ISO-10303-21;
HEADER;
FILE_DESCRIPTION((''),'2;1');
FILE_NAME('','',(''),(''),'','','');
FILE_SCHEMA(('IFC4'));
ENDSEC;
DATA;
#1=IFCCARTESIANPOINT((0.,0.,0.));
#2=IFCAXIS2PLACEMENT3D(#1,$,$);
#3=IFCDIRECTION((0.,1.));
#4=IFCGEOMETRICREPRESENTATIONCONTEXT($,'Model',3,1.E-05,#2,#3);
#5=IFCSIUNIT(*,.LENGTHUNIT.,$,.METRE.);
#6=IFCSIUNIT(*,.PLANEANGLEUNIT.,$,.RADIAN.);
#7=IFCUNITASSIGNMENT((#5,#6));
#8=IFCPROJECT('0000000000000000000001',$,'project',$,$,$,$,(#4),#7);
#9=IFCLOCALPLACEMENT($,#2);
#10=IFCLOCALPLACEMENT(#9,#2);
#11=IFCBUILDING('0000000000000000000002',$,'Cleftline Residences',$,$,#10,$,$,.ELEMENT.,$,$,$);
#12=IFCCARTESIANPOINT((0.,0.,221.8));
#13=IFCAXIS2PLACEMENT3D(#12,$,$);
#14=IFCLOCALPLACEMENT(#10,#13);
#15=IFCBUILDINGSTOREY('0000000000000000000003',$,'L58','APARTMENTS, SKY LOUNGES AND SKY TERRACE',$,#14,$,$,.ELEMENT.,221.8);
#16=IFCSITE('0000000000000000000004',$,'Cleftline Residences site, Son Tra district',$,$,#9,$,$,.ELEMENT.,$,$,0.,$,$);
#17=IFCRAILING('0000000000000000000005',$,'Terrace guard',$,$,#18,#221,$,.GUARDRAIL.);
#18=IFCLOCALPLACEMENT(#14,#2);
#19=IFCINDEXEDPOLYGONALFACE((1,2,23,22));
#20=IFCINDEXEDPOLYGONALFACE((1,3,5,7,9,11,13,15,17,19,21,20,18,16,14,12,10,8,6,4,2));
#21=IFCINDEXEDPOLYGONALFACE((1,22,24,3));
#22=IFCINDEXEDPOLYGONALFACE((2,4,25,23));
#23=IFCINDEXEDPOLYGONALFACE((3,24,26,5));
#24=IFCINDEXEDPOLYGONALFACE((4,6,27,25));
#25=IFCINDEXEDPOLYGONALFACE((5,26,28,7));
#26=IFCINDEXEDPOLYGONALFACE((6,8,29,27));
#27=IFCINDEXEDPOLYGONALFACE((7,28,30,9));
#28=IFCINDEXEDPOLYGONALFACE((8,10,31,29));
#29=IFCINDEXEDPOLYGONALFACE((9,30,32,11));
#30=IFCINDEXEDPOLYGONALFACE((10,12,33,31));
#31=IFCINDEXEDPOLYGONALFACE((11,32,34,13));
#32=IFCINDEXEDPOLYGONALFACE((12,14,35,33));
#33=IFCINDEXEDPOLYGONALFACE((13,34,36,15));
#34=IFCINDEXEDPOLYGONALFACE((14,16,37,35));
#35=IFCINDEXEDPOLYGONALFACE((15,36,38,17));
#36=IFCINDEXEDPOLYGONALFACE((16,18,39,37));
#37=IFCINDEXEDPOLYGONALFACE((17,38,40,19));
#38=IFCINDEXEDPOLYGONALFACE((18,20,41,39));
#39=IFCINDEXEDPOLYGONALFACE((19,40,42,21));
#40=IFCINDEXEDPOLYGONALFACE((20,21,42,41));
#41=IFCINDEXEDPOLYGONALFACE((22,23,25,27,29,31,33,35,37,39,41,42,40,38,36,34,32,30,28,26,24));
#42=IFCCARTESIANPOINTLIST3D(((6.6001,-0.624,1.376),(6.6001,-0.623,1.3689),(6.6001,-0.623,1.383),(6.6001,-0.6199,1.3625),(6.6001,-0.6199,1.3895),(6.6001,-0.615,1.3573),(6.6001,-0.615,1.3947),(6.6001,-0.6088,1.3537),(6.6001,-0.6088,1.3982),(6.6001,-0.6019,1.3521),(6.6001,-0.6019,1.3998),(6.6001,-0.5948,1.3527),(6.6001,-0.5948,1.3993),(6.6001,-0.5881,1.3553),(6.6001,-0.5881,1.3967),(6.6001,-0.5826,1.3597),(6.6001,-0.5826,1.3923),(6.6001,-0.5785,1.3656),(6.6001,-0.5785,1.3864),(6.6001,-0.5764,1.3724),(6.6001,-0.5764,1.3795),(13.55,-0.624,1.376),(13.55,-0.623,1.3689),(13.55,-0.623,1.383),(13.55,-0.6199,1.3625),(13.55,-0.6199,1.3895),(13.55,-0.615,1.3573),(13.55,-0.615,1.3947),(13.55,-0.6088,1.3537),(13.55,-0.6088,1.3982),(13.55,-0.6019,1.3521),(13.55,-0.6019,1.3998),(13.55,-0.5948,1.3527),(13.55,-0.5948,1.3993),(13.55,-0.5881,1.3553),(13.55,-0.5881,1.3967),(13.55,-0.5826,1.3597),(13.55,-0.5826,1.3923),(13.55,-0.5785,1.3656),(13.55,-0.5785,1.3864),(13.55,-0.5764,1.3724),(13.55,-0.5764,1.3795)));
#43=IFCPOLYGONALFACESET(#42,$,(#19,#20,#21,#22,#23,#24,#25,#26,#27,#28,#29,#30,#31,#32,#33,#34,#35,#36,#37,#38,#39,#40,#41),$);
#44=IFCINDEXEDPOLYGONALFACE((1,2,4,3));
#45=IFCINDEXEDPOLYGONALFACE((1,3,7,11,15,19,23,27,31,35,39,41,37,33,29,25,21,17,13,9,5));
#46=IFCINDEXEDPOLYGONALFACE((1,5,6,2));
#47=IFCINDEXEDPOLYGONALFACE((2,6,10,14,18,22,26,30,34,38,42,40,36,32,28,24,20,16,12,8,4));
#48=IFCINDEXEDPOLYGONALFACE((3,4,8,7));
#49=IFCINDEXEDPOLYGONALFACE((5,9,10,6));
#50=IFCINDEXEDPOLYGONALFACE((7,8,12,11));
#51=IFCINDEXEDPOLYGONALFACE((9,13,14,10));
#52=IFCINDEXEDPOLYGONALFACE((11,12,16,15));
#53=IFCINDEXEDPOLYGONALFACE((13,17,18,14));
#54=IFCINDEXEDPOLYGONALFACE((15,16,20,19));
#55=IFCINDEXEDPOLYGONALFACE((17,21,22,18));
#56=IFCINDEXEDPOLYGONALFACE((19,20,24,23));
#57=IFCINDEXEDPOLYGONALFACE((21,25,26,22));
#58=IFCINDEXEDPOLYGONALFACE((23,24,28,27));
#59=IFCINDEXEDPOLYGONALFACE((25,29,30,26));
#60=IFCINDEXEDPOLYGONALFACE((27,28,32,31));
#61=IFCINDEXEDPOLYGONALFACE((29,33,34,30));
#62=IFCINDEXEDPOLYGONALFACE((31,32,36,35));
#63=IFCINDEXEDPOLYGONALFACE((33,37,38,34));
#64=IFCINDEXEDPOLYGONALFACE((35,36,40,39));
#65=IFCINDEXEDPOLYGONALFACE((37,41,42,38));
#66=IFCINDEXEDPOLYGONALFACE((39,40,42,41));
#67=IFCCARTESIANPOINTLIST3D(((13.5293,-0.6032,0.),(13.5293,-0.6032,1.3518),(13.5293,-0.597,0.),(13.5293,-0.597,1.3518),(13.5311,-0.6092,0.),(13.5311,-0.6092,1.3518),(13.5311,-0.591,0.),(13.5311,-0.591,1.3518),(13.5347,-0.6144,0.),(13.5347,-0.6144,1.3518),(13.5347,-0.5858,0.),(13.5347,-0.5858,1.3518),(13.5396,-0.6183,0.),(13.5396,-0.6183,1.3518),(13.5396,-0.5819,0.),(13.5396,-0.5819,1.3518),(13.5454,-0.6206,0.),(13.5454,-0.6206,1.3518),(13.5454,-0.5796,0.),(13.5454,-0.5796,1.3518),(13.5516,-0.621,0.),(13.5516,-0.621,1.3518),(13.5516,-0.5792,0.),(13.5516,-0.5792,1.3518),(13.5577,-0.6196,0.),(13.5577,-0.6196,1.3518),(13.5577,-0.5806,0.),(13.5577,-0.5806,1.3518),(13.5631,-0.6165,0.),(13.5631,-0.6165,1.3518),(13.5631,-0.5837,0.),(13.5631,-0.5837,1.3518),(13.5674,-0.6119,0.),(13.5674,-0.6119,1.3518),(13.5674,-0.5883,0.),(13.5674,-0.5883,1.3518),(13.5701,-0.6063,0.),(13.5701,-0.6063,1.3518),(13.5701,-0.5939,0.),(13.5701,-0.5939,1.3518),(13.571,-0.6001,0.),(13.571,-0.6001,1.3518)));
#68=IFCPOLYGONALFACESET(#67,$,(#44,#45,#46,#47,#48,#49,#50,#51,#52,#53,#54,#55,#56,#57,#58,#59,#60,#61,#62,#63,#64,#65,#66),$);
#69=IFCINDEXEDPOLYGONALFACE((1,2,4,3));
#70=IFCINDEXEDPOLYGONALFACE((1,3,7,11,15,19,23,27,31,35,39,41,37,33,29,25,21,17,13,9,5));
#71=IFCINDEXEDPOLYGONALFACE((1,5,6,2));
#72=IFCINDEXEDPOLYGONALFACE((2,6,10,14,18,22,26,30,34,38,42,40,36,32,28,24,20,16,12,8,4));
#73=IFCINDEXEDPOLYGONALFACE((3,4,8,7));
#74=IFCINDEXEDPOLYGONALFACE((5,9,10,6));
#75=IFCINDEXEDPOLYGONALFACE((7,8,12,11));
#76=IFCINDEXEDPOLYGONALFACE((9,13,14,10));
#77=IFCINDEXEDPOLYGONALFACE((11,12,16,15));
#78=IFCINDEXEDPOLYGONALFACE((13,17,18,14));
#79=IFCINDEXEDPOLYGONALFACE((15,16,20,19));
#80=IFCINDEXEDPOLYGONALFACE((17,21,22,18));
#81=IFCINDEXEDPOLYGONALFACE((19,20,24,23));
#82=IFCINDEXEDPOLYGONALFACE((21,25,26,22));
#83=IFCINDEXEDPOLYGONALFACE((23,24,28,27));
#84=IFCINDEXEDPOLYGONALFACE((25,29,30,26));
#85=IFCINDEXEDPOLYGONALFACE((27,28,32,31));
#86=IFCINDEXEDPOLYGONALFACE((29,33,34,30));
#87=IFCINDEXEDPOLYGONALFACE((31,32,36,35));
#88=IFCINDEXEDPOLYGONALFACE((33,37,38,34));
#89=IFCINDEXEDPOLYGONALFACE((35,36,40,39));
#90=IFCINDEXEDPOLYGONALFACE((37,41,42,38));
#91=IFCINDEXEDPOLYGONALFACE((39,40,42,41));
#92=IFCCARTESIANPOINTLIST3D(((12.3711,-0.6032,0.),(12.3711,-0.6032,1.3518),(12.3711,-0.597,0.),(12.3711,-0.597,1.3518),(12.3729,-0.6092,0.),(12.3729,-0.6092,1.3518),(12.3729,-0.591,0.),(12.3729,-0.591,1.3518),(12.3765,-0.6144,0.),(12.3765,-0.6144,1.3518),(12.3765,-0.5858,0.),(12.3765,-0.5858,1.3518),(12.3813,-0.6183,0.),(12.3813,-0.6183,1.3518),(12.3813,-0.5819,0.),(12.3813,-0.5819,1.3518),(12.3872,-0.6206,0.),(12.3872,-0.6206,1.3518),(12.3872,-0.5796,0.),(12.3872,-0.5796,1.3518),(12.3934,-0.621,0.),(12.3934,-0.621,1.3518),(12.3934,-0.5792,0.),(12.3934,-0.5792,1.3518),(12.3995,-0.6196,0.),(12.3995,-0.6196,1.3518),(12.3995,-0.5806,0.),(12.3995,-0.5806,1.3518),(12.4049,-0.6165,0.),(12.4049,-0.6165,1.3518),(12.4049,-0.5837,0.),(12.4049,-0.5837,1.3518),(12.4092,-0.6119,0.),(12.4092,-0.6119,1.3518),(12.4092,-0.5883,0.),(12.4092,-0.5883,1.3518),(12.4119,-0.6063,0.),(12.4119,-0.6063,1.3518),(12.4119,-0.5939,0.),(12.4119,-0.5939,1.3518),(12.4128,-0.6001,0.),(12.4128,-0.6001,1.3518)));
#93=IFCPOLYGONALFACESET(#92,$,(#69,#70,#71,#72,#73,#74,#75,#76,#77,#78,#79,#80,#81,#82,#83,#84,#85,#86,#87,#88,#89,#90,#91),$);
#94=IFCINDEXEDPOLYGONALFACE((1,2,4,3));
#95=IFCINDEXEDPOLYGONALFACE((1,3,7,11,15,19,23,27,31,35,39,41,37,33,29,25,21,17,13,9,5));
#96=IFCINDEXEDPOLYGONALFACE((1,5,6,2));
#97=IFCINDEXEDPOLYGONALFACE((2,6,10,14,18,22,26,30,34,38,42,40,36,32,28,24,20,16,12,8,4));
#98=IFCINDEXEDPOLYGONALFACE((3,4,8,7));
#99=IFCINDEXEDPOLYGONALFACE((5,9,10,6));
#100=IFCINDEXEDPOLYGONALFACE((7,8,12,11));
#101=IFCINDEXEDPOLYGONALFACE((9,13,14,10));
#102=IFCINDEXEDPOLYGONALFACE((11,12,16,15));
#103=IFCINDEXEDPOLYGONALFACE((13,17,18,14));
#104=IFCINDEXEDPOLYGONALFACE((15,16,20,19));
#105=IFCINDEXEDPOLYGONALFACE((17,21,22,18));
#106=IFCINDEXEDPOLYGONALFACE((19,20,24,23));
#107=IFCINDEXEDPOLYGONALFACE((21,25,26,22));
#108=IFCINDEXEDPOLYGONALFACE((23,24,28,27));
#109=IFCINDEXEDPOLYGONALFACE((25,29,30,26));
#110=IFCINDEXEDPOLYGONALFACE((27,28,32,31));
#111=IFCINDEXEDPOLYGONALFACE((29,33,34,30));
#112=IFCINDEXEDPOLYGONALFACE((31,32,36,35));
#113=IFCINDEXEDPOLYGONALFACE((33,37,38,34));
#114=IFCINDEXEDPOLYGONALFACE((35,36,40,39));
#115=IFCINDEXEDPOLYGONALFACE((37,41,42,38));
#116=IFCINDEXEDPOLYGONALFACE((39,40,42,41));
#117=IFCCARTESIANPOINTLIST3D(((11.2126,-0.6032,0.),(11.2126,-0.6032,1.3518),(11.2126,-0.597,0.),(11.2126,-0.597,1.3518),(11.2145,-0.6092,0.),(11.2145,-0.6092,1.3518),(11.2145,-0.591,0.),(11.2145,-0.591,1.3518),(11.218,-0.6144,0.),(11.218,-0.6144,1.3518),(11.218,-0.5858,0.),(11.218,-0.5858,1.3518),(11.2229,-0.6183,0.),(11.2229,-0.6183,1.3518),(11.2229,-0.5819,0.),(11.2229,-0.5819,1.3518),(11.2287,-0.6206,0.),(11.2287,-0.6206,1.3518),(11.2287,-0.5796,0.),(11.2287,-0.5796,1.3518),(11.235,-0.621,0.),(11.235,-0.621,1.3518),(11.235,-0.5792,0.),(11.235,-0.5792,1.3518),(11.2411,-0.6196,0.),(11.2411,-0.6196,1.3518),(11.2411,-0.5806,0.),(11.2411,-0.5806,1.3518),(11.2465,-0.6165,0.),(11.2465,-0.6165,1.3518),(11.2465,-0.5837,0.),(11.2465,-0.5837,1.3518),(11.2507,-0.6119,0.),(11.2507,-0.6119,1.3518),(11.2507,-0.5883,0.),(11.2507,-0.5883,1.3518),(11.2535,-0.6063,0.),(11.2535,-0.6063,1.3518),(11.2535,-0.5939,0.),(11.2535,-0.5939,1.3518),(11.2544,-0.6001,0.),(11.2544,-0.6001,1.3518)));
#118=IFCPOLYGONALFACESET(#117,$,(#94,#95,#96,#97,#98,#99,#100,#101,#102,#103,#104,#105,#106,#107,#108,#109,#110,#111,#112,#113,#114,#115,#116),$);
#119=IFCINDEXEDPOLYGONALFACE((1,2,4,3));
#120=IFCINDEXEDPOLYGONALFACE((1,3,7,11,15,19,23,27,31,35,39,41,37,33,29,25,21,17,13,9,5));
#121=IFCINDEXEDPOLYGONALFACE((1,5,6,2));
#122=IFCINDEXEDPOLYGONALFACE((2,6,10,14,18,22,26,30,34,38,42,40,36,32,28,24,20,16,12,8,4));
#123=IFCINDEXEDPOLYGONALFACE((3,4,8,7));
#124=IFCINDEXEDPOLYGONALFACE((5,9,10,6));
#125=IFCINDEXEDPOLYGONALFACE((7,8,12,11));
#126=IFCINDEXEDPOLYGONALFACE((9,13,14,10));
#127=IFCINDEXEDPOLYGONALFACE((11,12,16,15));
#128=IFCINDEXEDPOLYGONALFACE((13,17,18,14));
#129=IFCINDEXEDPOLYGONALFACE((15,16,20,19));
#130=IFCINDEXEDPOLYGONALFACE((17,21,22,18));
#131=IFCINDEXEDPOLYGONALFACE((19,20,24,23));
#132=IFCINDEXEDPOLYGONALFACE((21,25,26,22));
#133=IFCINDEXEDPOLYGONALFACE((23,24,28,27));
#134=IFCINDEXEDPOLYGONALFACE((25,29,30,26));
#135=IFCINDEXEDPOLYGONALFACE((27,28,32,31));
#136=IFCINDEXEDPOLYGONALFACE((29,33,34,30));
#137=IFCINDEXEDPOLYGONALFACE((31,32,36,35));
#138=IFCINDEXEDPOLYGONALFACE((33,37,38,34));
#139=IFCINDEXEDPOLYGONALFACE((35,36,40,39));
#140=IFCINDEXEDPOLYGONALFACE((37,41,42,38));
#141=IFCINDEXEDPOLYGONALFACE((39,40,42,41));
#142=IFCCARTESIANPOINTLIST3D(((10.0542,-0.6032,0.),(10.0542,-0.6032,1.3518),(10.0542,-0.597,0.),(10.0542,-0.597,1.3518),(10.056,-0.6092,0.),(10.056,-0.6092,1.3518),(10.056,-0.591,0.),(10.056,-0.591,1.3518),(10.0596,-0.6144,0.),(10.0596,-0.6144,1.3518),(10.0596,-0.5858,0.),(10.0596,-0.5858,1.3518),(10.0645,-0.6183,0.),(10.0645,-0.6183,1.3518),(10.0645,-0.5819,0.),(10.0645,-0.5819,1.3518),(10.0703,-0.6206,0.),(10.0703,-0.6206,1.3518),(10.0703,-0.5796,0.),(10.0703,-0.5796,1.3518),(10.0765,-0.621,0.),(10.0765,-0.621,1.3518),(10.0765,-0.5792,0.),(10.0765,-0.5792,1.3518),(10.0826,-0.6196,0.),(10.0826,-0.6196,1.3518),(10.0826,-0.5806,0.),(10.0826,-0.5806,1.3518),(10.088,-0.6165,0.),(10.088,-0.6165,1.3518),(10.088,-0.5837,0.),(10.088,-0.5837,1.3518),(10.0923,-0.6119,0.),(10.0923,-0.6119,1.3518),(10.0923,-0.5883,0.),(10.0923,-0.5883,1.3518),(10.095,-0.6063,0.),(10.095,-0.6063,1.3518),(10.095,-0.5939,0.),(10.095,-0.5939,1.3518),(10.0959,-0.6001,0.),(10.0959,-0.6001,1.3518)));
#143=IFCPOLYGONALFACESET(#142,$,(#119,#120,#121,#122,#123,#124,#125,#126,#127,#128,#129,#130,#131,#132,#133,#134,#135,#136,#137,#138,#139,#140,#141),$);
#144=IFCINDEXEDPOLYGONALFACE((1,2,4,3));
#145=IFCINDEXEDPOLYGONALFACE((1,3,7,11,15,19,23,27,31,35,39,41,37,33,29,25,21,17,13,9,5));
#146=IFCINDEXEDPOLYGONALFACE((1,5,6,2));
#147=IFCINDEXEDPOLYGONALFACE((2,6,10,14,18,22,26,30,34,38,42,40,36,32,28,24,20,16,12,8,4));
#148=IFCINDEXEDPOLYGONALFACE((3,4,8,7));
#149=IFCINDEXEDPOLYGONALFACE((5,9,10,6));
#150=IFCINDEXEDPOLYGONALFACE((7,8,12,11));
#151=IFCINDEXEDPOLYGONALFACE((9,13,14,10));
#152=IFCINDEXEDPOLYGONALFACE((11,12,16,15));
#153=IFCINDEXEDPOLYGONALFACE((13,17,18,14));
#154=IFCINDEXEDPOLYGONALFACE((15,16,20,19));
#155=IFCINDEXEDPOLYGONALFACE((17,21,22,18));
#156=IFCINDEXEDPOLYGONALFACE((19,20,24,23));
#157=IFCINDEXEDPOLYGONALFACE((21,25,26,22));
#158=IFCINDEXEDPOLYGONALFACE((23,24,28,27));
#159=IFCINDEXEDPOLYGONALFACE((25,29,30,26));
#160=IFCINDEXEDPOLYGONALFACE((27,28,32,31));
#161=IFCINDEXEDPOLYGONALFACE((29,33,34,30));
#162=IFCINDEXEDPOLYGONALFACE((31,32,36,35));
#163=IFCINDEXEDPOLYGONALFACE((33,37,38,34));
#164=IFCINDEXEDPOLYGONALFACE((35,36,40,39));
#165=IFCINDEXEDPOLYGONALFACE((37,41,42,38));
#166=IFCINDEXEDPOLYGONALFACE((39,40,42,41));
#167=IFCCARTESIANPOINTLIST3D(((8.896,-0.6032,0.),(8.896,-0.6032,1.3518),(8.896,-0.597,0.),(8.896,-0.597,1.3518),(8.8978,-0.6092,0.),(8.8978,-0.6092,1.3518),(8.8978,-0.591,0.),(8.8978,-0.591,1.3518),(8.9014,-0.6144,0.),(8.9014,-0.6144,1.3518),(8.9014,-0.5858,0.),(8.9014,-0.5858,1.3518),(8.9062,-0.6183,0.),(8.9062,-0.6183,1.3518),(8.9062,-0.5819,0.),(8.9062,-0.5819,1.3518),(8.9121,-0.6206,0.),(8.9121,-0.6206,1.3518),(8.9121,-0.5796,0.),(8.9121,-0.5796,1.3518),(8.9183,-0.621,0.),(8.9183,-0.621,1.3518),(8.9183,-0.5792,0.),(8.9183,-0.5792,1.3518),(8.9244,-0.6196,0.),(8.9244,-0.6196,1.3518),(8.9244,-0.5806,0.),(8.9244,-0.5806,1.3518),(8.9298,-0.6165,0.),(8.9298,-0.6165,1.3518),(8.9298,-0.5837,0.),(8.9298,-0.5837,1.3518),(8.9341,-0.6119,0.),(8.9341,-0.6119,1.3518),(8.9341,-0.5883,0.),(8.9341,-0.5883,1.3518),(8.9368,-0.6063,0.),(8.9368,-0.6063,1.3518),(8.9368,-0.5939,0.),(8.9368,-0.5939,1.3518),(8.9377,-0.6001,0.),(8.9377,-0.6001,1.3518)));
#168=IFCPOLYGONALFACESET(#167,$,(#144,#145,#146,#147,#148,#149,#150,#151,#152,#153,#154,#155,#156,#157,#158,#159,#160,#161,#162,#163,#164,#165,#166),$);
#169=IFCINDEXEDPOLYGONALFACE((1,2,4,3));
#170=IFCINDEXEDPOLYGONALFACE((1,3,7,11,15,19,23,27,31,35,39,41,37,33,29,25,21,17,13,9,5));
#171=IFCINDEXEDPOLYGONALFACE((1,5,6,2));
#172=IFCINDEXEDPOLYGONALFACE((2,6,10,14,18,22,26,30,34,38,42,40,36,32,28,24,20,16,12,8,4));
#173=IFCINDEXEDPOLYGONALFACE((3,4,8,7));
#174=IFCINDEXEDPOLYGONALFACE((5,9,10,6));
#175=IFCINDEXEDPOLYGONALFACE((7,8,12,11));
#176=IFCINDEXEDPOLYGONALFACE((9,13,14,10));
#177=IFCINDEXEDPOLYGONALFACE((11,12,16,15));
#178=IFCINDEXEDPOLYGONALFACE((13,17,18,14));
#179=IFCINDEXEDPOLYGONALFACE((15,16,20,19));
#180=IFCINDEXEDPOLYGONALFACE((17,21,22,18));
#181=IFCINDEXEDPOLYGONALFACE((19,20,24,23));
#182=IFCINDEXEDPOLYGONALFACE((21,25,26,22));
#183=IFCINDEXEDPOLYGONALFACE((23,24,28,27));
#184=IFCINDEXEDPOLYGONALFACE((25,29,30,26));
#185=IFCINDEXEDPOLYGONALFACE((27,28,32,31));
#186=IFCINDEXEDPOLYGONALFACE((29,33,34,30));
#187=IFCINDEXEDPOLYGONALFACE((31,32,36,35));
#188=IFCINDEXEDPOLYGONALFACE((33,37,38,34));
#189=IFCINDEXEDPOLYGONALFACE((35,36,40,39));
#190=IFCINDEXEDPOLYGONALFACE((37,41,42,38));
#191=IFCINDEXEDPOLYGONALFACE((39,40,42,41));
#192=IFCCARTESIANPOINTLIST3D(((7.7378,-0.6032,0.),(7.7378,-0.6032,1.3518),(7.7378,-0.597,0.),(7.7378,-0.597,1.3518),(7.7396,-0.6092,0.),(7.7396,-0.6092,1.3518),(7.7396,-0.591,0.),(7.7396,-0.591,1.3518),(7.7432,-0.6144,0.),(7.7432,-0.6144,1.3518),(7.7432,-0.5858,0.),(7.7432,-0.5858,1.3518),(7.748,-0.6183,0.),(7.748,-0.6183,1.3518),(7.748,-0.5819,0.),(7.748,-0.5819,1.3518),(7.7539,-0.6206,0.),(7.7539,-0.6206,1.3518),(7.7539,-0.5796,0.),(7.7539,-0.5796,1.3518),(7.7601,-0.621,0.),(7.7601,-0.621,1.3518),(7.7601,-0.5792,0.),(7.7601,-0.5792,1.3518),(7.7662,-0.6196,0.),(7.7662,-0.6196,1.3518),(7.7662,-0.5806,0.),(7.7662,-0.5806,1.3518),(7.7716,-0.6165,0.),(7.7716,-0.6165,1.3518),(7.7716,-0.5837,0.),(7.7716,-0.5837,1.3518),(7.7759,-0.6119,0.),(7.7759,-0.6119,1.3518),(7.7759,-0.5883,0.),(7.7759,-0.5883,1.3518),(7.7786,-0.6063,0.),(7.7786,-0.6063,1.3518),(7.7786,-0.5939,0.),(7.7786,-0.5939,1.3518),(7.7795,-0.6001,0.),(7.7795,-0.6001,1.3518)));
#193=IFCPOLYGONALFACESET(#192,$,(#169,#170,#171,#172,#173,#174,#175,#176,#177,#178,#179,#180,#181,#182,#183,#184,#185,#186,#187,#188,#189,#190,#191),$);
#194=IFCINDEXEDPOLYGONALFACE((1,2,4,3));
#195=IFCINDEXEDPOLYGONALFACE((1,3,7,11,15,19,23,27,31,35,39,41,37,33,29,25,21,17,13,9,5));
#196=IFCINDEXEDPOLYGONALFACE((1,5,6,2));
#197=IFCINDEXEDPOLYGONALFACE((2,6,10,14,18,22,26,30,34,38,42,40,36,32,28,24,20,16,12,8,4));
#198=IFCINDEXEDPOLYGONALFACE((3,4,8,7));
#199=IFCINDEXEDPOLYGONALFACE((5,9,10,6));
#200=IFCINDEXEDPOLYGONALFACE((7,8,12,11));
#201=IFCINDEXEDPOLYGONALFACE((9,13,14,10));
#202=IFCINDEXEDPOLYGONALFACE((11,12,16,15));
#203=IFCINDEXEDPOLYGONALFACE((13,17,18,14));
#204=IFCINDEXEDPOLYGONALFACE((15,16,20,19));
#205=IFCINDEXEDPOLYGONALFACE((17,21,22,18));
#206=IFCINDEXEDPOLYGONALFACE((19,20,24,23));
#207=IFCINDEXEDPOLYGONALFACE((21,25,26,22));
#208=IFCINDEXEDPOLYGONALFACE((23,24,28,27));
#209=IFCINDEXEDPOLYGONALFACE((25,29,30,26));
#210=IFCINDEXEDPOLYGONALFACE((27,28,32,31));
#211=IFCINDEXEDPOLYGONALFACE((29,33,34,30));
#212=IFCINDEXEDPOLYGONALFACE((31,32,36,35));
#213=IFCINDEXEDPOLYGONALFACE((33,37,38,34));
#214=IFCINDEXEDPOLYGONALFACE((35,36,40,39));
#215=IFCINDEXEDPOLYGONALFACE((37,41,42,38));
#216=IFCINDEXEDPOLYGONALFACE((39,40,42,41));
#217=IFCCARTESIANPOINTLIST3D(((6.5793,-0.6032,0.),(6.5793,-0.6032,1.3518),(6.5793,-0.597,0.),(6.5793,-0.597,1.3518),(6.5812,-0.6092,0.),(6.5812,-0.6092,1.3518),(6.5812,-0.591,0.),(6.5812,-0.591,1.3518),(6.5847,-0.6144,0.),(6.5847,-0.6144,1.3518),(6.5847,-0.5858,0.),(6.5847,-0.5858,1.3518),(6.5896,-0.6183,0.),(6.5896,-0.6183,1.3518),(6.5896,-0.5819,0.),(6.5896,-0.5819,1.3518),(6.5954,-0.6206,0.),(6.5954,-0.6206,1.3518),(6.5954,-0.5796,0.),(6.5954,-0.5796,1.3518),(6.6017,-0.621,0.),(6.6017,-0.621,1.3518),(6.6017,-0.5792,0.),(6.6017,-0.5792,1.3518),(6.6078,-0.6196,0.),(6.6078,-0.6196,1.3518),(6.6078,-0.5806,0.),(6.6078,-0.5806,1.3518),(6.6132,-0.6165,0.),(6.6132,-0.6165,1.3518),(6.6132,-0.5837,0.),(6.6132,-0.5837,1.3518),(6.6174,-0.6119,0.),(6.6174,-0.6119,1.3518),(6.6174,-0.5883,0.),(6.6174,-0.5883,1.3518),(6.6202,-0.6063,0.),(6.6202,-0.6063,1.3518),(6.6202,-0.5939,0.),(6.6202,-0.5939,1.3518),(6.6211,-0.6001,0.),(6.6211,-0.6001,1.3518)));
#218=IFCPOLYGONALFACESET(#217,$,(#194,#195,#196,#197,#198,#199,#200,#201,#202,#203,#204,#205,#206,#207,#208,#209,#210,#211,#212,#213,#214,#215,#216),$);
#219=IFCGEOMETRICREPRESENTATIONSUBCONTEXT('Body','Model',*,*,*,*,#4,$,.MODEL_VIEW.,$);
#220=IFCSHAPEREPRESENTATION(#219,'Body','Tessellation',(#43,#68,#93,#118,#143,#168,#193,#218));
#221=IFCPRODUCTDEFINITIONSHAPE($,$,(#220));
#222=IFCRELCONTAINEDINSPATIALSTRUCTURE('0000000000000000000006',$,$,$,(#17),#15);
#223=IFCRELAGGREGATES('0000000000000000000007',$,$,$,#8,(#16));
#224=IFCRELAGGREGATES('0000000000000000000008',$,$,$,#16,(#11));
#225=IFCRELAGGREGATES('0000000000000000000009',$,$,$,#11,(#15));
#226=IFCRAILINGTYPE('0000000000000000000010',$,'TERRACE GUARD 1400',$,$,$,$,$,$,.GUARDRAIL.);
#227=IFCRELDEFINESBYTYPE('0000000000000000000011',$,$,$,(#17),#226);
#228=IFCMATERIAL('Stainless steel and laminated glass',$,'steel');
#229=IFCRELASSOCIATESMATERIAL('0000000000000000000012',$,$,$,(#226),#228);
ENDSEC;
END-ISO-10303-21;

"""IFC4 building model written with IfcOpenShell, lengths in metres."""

from ifc_helpers import new_model, si_unit, direction, frame, origin, origin_2d, place, context, subcontext, project, spatial, circle, extrude, material, type_object, element, save


model = new_model("IFC4")

# Units and contexts
model_context = context("Model", 3, precision=1e-05, world=origin(), true_north=direction((0.0, 1.0)))
body_context = subcontext(model_context, "Body", "Model", "MODEL_VIEW")
ifc_project = project(units=[si_unit("LENGTHUNIT", "METRE"), si_unit("PLANEANGLEUNIT", "RADIAN")], contexts=[model_context])

# Site, building, storey
site_placement = place(None, origin())
site = spatial("IfcSite", under=ifc_project, at=site_placement, Name="Cleftline Residences site, Son Tra district", CompositionType="ELEMENT", RefElevation=0.0)
building_placement = place(site_placement, origin())
building = spatial("IfcBuilding", under=site, at=building_placement, Name="Cleftline Residences", CompositionType="ELEMENT")
storey_placement = place(building_placement, frame((0.0, 0.0, 221.8)))
storey = spatial("IfcBuildingStorey", under=building, at=storey_placement, Name="L58", Description="APARTMENTS, SKY LOUNGES AND SKY TERRACE", CompositionType="ELEMENT", Elevation=221.8)

# Railing
ifc_material_1 = material(Name="Stainless steel and laminated glass", Category="steel")
railing_type = type_object("IfcRailingType", Name="TERRACE GUARD 1400", PredefinedType="GUARDRAIL", material=ifc_material_1)
railing_1_placement = place(storey_placement, frame((13.55, -0.6001, 0.0)))
element("IfcRailing", 1, at=railing_1_placement, inside=storey, type_object=railing_type, Name="Terrace guard", PredefinedType="GUARDRAIL", context=body_context, shape_type="SweptSolid", body=[
    extrude(circle(Radius=0.0239, at=origin_2d()), frame((0.0, 0.0, 1.376), z_axis=(-1.0, 0.0, 0.0), x_axis=(0.0, -1.0, 0.0)), (0.0, 0.0, 1.0), 6.95),
    extrude(circle(Radius=0.021, at=origin_2d()), origin(), (0.0, 0.0, 1.0), 1.3518),
    extrude(circle(Radius=0.021, at=origin_2d()), frame((-1.1582, 0.0, 0.0)), (0.0, 0.0, 1.0), 1.3518),
    extrude(circle(Radius=0.021, at=origin_2d()), frame((-2.3167, 0.0, 0.0)), (0.0, 0.0, 1.0), 1.3518),
    extrude(circle(Radius=0.021, at=origin_2d()), frame((-3.4751, 0.0, 0.0)), (0.0, 0.0, 1.0), 1.3518),
    extrude(circle(Radius=0.021, at=origin_2d()), frame((-4.6333, 0.0, 0.0)), (0.0, 0.0, 1.0), 1.3518),
    extrude(circle(Radius=0.021, at=origin_2d()), frame((-5.7915, 0.0, 0.0)), (0.0, 0.0, 1.0), 1.3518),
    extrude(circle(Radius=0.021, at=origin_2d()), frame((-6.95, 0.0, 0.0)), (0.0, 0.0, 1.0), 1.3518),
])

save(model, "model.ifc")
